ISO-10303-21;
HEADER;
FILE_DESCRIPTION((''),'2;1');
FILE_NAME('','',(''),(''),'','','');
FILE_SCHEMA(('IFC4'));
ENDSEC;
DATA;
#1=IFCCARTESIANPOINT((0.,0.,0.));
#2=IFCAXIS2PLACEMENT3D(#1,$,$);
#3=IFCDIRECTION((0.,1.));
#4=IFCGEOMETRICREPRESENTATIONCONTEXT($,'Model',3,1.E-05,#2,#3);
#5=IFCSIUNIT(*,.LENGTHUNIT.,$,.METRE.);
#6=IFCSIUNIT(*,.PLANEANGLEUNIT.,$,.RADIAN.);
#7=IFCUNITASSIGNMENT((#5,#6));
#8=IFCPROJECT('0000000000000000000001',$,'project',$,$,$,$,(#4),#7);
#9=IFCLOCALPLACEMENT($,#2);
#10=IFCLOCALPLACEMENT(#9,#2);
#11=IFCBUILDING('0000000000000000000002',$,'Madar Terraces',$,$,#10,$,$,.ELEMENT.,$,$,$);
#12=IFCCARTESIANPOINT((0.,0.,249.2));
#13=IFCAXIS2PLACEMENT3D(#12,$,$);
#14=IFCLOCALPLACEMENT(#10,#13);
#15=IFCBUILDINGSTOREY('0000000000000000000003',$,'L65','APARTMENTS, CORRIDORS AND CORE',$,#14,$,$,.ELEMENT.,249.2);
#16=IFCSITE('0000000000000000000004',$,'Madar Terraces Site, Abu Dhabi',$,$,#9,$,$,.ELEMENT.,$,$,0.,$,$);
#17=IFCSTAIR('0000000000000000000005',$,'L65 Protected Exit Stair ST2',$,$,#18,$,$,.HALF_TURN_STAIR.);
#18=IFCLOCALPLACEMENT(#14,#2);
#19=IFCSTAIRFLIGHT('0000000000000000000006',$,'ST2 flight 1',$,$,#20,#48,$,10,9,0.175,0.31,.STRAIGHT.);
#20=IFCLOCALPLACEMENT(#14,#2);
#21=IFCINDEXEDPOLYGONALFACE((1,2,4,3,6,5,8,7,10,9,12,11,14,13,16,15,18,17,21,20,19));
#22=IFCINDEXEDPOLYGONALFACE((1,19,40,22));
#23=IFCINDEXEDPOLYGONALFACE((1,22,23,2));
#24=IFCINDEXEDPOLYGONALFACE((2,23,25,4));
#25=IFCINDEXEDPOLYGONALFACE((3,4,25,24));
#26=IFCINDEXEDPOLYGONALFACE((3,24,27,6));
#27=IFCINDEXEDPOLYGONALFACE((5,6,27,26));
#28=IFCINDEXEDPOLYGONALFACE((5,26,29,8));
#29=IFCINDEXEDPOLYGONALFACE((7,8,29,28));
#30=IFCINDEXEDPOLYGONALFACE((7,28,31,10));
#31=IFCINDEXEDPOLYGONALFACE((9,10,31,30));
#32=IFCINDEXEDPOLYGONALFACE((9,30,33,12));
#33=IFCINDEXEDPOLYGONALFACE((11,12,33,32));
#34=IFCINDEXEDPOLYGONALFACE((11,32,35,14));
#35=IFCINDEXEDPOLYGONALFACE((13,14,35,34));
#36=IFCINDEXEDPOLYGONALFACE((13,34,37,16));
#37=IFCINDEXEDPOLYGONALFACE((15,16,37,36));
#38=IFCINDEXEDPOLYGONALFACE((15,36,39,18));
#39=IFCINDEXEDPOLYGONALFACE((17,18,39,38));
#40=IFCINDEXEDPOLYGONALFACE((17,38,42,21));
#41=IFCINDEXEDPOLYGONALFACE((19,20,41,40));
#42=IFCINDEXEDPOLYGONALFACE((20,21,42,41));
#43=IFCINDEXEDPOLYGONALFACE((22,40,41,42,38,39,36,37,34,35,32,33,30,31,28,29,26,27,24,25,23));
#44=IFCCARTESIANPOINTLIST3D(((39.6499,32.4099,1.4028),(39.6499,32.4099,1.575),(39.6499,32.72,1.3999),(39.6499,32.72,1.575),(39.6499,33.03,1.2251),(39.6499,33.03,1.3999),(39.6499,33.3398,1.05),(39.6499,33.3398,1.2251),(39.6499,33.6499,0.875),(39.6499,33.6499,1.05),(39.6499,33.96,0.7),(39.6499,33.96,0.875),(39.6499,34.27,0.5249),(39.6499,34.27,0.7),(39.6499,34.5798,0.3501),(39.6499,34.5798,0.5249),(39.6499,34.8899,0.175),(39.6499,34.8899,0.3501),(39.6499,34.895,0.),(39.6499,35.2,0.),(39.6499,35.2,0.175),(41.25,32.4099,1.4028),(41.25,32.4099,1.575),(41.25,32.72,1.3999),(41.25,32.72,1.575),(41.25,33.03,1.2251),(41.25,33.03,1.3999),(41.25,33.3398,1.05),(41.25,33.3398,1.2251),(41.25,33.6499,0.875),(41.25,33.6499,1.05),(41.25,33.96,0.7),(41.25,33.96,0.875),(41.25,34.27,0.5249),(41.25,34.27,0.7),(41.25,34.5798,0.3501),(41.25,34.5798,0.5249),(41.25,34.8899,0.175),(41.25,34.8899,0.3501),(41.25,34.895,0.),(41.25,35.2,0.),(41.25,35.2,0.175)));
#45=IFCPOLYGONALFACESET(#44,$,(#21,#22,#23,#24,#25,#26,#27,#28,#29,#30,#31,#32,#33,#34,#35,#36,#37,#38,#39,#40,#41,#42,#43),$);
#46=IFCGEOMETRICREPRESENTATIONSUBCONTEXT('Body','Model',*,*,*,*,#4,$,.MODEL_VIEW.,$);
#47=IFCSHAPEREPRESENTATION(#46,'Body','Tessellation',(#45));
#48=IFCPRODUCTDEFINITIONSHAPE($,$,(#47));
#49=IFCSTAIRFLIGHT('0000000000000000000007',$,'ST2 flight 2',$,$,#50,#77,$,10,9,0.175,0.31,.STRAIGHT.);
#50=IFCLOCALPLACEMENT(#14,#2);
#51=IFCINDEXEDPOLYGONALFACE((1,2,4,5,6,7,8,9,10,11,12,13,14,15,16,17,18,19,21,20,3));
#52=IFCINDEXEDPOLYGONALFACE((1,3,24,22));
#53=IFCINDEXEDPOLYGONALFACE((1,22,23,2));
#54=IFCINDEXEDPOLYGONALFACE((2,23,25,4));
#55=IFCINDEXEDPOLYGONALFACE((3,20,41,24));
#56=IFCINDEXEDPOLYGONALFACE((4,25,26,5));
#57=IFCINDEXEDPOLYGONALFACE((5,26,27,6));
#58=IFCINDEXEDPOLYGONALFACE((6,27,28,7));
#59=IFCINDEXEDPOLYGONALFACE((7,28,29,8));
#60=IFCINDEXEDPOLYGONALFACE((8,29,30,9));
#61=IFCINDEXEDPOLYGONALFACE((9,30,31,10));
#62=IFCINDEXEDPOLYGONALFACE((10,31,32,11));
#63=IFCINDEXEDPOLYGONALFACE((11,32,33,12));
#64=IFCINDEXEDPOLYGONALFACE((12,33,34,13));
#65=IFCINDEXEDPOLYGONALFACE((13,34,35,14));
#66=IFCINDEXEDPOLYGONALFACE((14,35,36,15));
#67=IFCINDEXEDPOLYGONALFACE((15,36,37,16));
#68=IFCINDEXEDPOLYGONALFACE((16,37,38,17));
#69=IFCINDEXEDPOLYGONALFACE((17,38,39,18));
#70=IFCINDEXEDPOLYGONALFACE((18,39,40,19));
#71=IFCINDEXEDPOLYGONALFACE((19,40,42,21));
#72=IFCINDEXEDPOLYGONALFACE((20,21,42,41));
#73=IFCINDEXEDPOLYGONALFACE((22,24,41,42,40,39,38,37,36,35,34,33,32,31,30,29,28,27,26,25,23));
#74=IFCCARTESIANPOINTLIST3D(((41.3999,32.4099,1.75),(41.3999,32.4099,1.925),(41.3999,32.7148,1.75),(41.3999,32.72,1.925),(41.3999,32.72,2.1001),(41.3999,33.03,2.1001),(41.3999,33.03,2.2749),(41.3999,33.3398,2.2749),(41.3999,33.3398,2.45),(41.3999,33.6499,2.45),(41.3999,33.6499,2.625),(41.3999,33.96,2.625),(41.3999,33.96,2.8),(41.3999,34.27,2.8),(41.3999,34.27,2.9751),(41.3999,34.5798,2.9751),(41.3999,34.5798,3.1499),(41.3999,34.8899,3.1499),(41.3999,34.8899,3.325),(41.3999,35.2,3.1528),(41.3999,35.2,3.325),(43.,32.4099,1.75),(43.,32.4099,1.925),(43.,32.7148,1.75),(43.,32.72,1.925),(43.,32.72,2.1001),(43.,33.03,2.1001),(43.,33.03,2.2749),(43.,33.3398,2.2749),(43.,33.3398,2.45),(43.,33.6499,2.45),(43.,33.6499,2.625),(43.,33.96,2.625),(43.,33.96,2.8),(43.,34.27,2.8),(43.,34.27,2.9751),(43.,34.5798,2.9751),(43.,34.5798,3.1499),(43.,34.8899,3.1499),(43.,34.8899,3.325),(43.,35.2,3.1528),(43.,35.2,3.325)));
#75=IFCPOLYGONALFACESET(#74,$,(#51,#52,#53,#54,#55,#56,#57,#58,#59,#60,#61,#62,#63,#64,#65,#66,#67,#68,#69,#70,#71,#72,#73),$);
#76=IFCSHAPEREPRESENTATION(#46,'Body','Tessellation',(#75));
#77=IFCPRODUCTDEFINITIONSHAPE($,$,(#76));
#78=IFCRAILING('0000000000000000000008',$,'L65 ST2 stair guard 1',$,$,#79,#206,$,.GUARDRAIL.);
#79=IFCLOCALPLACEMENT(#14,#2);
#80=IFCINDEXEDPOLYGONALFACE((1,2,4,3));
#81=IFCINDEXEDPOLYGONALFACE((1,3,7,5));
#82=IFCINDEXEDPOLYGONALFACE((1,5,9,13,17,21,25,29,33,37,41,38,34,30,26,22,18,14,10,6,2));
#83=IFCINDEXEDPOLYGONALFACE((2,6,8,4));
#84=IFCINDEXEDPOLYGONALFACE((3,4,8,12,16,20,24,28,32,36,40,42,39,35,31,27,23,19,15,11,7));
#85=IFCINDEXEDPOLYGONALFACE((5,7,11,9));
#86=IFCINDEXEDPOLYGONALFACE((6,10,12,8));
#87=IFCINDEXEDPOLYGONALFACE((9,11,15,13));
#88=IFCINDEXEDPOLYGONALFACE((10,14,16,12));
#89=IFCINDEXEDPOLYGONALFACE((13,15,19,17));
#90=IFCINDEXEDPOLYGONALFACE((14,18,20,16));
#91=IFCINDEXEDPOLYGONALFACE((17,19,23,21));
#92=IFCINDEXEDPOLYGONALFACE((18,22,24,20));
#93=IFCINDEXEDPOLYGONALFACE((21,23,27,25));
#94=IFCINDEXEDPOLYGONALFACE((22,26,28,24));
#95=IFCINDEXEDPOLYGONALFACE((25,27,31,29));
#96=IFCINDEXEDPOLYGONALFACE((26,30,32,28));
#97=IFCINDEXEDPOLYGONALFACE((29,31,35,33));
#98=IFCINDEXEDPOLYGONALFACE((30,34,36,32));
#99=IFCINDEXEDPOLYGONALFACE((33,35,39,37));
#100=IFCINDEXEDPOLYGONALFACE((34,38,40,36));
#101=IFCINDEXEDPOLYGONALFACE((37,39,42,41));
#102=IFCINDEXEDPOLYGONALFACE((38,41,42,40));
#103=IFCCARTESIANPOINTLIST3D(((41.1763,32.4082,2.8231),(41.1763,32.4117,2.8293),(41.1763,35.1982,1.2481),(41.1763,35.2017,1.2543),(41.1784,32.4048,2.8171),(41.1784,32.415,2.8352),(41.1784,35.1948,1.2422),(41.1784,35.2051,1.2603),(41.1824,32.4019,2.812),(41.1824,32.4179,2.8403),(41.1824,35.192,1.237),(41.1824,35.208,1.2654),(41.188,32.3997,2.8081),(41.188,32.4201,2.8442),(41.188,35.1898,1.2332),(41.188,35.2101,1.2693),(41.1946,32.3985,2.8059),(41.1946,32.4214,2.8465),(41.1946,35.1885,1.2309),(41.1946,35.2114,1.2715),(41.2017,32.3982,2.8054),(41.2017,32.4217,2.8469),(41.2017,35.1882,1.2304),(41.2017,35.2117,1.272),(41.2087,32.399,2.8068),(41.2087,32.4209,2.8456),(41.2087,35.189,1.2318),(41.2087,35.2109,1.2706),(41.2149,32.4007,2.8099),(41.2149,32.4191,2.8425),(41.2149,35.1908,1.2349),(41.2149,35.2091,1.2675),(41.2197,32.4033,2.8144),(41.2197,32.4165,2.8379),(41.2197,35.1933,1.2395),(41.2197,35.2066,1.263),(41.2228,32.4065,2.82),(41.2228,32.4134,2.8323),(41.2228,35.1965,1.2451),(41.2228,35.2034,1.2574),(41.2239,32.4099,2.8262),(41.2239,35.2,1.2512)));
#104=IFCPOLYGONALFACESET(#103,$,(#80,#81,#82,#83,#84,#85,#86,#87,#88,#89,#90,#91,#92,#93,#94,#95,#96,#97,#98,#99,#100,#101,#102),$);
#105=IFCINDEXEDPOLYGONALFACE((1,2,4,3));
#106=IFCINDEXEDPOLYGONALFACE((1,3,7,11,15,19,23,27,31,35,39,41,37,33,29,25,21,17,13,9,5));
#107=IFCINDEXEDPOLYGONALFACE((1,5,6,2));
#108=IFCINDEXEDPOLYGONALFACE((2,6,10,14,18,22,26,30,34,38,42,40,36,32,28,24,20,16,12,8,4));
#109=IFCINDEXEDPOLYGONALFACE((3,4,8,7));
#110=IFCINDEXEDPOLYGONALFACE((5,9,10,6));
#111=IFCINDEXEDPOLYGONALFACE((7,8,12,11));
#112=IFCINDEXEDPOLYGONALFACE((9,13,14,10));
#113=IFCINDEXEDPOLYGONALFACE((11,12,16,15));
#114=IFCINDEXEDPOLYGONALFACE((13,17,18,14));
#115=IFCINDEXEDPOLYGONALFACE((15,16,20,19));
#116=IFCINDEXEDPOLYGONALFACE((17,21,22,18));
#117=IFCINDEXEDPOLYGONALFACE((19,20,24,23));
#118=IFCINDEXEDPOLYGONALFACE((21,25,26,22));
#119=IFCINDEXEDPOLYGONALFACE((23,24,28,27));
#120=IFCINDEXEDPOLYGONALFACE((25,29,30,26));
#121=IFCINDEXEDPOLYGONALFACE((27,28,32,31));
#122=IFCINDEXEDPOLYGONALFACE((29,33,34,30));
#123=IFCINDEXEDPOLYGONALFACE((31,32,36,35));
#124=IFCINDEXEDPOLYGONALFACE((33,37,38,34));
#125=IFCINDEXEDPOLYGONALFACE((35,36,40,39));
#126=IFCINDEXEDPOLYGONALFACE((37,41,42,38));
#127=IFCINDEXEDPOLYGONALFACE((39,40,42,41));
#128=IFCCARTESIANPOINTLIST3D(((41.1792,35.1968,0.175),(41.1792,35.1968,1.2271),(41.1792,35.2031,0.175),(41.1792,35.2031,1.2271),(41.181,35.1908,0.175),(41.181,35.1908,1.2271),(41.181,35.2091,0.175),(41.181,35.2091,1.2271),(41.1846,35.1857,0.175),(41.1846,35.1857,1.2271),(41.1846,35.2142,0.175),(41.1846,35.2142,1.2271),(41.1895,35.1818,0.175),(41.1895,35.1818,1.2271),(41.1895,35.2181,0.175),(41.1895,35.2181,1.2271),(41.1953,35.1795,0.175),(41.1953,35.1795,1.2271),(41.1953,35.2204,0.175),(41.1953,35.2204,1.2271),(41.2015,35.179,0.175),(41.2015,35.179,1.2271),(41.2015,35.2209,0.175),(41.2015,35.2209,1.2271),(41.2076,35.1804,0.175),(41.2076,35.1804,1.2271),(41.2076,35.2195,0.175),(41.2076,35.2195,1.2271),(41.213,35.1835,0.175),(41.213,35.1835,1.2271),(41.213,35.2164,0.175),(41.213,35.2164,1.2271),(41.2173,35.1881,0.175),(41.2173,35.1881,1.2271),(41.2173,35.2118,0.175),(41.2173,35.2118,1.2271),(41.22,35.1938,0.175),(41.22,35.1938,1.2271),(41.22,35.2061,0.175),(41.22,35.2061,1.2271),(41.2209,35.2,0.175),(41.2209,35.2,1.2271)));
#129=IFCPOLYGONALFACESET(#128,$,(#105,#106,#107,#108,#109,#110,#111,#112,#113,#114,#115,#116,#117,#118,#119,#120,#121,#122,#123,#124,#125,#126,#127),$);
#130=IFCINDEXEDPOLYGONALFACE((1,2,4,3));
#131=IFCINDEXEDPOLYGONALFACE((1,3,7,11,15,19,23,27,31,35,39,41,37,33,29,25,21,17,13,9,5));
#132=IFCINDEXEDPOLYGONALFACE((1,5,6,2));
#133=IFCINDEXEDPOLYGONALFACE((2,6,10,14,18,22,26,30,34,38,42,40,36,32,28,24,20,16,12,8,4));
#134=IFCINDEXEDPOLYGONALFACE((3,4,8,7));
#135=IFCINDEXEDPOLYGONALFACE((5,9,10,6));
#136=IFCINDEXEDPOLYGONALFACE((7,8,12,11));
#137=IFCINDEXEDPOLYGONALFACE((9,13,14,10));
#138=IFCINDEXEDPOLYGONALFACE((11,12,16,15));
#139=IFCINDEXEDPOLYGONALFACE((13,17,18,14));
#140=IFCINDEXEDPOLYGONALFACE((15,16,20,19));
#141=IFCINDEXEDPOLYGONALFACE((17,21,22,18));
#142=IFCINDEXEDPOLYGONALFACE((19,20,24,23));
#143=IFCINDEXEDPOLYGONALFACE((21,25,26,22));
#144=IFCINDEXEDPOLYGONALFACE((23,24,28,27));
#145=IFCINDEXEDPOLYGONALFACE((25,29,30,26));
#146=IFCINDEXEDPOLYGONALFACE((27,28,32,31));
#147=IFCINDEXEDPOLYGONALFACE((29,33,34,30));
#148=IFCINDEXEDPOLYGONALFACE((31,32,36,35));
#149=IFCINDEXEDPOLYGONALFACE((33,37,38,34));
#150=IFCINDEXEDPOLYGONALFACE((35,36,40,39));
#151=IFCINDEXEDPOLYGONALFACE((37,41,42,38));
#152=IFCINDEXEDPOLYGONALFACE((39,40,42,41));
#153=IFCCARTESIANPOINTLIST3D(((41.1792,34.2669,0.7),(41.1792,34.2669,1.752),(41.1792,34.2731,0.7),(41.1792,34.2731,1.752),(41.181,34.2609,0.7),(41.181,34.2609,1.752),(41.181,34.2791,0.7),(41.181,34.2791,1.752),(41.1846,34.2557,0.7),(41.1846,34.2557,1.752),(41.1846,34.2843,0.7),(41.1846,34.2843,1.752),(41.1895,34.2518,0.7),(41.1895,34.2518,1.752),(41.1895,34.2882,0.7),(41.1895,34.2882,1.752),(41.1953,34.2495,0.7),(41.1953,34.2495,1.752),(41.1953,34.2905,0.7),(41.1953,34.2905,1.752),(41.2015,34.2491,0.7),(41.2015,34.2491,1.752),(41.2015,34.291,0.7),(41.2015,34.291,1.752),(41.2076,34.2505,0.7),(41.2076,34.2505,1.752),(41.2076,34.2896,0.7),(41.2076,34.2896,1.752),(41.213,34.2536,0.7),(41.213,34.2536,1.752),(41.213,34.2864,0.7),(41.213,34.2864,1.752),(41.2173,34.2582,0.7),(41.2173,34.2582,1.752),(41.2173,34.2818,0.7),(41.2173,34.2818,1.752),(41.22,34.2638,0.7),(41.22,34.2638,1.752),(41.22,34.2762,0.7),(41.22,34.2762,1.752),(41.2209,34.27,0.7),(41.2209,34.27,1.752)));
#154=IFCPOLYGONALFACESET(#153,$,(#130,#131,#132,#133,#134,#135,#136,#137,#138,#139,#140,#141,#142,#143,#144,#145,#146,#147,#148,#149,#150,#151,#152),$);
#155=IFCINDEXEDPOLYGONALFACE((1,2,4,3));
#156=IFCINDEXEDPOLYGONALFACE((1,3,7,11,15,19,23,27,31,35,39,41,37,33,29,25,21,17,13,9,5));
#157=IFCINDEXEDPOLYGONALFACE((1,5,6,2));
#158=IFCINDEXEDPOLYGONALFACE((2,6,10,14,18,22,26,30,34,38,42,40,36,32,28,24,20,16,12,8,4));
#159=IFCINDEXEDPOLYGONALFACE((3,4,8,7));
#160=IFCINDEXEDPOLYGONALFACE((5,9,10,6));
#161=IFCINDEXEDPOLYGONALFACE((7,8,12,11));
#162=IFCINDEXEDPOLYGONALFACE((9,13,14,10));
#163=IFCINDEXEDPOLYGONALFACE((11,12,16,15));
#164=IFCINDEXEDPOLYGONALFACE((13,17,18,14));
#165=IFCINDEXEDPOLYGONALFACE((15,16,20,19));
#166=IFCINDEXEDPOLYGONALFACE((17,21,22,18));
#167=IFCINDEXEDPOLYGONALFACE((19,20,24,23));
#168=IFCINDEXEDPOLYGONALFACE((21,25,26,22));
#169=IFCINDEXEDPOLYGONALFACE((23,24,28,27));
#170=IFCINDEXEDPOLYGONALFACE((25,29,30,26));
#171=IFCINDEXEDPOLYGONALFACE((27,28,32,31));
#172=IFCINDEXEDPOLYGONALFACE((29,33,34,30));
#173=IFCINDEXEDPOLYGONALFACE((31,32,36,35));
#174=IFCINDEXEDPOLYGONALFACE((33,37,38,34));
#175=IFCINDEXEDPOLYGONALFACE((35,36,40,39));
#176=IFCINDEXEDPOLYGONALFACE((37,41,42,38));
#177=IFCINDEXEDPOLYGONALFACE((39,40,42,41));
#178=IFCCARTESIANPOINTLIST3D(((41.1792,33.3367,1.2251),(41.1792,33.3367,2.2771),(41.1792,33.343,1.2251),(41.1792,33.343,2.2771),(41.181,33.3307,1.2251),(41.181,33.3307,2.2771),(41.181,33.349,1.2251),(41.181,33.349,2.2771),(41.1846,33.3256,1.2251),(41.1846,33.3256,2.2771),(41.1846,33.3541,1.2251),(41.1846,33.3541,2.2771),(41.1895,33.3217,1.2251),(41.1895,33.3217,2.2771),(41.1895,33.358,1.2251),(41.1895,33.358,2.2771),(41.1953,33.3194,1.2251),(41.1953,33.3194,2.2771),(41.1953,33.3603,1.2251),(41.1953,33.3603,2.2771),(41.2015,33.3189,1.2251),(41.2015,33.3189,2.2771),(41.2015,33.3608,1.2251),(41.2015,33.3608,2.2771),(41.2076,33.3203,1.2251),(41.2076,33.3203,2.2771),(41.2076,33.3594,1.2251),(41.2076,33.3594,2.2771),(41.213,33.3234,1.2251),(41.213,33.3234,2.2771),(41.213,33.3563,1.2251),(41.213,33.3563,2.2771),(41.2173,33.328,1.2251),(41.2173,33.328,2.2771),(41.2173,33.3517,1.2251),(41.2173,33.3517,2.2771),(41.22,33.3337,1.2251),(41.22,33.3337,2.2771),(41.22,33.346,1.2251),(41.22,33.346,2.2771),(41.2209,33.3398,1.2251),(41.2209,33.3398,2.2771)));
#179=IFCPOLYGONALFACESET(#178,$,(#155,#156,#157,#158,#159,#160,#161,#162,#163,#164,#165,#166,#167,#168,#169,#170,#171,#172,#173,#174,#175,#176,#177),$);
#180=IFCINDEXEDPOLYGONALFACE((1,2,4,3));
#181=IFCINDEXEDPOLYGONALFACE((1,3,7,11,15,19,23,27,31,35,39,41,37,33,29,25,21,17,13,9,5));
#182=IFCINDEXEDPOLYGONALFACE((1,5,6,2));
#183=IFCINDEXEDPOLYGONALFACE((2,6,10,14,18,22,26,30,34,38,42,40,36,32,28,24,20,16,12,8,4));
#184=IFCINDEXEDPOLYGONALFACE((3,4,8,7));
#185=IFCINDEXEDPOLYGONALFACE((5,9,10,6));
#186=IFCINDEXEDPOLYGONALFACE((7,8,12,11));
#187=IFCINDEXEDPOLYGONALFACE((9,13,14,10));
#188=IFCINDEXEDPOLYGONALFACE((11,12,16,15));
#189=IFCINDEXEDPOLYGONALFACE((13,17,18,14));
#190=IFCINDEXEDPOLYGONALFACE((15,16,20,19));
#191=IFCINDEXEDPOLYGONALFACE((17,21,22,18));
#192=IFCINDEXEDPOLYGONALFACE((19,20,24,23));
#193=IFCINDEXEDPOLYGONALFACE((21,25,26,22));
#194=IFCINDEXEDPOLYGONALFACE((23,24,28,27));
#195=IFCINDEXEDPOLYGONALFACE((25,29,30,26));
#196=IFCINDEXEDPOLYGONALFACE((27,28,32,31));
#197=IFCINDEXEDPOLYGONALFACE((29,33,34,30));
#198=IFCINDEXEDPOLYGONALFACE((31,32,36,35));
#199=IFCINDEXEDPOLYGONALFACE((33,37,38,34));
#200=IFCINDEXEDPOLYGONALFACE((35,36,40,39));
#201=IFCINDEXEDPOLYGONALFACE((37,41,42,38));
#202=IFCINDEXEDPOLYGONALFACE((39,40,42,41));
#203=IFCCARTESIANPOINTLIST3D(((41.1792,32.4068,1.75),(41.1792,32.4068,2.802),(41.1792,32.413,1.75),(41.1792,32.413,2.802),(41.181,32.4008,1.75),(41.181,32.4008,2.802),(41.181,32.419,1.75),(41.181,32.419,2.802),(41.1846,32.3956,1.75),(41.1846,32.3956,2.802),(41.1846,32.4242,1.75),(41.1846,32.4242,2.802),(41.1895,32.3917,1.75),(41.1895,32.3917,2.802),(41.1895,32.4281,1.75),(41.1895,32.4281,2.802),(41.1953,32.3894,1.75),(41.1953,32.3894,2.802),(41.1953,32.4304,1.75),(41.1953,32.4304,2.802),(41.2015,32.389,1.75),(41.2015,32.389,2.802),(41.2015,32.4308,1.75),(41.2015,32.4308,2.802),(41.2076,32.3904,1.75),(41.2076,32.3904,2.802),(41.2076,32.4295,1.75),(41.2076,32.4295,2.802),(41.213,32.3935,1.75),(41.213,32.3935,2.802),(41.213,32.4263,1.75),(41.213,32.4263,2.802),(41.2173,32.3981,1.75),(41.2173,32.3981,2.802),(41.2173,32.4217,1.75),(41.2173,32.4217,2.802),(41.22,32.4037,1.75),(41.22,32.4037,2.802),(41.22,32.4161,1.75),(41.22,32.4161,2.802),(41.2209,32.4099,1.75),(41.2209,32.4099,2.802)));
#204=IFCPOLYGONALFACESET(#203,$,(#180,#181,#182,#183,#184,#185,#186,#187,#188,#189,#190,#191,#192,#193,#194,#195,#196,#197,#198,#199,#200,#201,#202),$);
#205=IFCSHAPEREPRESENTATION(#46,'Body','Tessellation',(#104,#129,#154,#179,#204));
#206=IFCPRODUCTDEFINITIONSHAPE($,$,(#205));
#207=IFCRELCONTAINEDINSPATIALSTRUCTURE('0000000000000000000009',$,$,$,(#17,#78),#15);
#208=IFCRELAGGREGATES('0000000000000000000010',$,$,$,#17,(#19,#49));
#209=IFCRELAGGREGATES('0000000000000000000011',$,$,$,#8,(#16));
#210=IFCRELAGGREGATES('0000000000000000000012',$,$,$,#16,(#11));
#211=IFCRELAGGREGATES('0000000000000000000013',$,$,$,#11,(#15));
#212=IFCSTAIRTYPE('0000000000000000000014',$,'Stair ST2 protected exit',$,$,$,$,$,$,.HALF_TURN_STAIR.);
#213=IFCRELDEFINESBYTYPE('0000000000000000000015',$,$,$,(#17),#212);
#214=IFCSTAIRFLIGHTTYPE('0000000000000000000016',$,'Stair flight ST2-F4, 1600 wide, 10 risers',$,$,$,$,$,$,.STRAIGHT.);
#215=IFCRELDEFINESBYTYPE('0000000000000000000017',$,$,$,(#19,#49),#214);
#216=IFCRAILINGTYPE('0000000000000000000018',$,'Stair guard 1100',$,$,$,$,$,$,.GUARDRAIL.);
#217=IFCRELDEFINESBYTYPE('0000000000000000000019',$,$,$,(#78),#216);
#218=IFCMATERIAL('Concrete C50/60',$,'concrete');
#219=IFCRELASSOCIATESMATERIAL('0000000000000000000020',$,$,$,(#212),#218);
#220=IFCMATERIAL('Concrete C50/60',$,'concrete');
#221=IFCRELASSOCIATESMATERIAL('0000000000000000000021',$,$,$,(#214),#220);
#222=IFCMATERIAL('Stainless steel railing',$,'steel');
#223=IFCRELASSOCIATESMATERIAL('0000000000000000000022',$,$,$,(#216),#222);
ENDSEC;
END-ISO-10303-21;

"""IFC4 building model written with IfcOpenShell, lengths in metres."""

from ifc_helpers import new_model, si_unit, direction, frame, origin, origin_2d, place, context, subcontext, project, spatial, polyline, circle, outline, extrude, material, type_object, element, aggregate, save


model = new_model("IFC4")

# Units and contexts
model_context = context("Model", 3, precision=1e-05, world=origin(), true_north=direction((0.0, 1.0)))
body_context = subcontext(model_context, "Body", "Model", "MODEL_VIEW")
ifc_project = project(units=[si_unit("LENGTHUNIT", "METRE"), si_unit("PLANEANGLEUNIT", "RADIAN")], contexts=[model_context])

# Site, building, storey
site_placement = place(None, origin())
site = spatial("IfcSite", under=ifc_project, at=site_placement, Name="Madar Terraces Site, Abu Dhabi", CompositionType="ELEMENT", RefElevation=0.0)
building_placement = place(site_placement, origin())
building = spatial("IfcBuilding", under=site, at=building_placement, Name="Madar Terraces", CompositionType="ELEMENT")
storey_placement = place(building_placement, frame((0.0, 0.0, 249.2)))
storey = spatial("IfcBuildingStorey", under=building, at=storey_placement, Name="L65", Description="APARTMENTS, CORRIDORS AND CORE", CompositionType="ELEMENT", Elevation=249.2)

# Stair, stair flights
ifc_material_1 = material(Name="Concrete C50/60", Category="concrete")
stair_type = type_object("IfcStairType", Name="Stair ST2 protected exit", PredefinedType="HALF_TURN_STAIR", material=ifc_material_1)
stair_placement = place(storey_placement, origin())
stair = element("IfcStair", 1, at=stair_placement, inside=storey, type_object=stair_type, Name="L65 Protected Exit Stair ST2", PredefinedType="HALF_TURN_STAIR")
ifc_material_2 = material(Name="Concrete C50/60", Category="concrete")
stair_flight_type = type_object("IfcStairFlightType", Name="Stair flight ST2-F4, 1600 wide, 10 risers", PredefinedType="STRAIGHT", material=ifc_material_2)
stair_flight_1_placement = place(storey_placement, frame((40.45, 35.2, 0.0), z_axis=(0.0, 0.0, 1.0), x_axis=(0.0, -1.0, 0.0)))
stair_flight_1 = element("IfcStairFlight", 2, at=stair_flight_1_placement, type_object=stair_flight_type, Name="ST2 flight 1", NumberOfRisers=10, NumberOfTreads=9, PredefinedType="STRAIGHT", RiserHeight=0.175, TreadLength=0.31, context=body_context, shape_type="SweptSolid", body=[
    extrude(outline(polyline([(0.0, 0.0), (0.0, 0.175), (0.3101, 0.175), (0.3101, 0.3501), (0.6201, 0.3501), (0.6201, 0.5249), (0.9299, 0.5249), (0.9299, 0.7), (1.24, 0.7), (1.24, 0.875), (1.55, 0.875), (1.55, 1.05), (1.8601, 1.05), (1.8601, 1.2251), (2.1699, 1.2251), (2.1699, 1.3999), (2.48, 1.3999), (2.48, 1.575), (2.79, 1.575), (2.79, 1.75), (2.79, 1.4028), (0.3049, 0.0), (0.0, 0.0)])), frame((0.0, 0.8, 0.0), z_axis=(0.0, -1.0, 0.0), x_axis=(1.0, 0.0, 0.0)), (0.0, 0.0, 1.0), 1.6001),
])
stair_flight_2_placement = place(storey_placement, frame((42.2, 32.4099, 1.75), z_axis=(0.0, 0.0, 1.0), x_axis=(0.0, 1.0, 0.0)))
stair_flight_2 = element("IfcStairFlight", 3, at=stair_flight_2_placement, type_object=stair_flight_type, Name="ST2 flight 2", NumberOfRisers=10, NumberOfTreads=9, PredefinedType="STRAIGHT", RiserHeight=0.175, TreadLength=0.31, context=body_context, shape_type="SweptSolid", body=[
    extrude(outline(polyline([(0.0, 0.0), (0.0, 0.175), (0.3101, 0.175), (0.3101, 0.3501), (0.6201, 0.3501), (0.6201, 0.5249), (0.9299, 0.5249), (0.9299, 0.7), (1.24, 0.7), (1.24, 0.875), (1.55, 0.875), (1.55, 1.05), (1.8601, 1.05), (1.8601, 1.2251), (2.1699, 1.2251), (2.1699, 1.3999), (2.48, 1.3999), (2.48, 1.575), (2.79, 1.575), (2.79, 1.75), (2.79, 1.4028), (0.3049, 0.0), (0.0, 0.0)])), frame((0.0, 0.8, 0.0), z_axis=(0.0, -1.0, 0.0), x_axis=(1.0, 0.0, 0.0)), (0.0, 0.0, 1.0), 1.6001),
])
aggregate(stair, [stair_flight_1, stair_flight_2])

# Railing
ifc_material_3 = material(Name="Stainless steel railing", Category="steel")
railing_type_1 = type_object("IfcRailingType", Name="Stair guard 1100", PredefinedType="GUARDRAIL", material=ifc_material_3)
railing_1_placement = place(storey_placement, frame((41.2, 35.2, 0.175)))
element("IfcRailing", 4, at=railing_1_placement, inside=storey, type_object=railing_type_1, Name="L65 ST2 stair guard 1", PredefinedType="GUARDRAIL", context=body_context, shape_type="SweptSolid", body=[
    extrude(circle(Radius=0.0239, at=origin_2d()), frame((0.0, 0.0, 1.0762), z_axis=(0.0, -0.870834, 0.491578), x_axis=(1.0, 0.0, 0.0)), (0.0, 0.0, 1.0), 3.2039),
    extrude(circle(Radius=0.021, at=origin_2d()), origin(), (0.0, 0.0, 1.0), 1.052),
    extrude(circle(Radius=0.021, at=origin_2d()), frame((0.0, -0.9299, 0.5249)), (0.0, 0.0, 1.0), 1.052),
    extrude(circle(Radius=0.021, at=origin_2d()), frame((0.0, -1.8601, 1.05)), (0.0, 0.0, 1.0), 1.052),
    extrude(circle(Radius=0.021, at=origin_2d()), frame((0.0, -2.79, 1.575)), (0.0, 0.0, 1.0), 1.052),
])

save(model, "model.ifc")
